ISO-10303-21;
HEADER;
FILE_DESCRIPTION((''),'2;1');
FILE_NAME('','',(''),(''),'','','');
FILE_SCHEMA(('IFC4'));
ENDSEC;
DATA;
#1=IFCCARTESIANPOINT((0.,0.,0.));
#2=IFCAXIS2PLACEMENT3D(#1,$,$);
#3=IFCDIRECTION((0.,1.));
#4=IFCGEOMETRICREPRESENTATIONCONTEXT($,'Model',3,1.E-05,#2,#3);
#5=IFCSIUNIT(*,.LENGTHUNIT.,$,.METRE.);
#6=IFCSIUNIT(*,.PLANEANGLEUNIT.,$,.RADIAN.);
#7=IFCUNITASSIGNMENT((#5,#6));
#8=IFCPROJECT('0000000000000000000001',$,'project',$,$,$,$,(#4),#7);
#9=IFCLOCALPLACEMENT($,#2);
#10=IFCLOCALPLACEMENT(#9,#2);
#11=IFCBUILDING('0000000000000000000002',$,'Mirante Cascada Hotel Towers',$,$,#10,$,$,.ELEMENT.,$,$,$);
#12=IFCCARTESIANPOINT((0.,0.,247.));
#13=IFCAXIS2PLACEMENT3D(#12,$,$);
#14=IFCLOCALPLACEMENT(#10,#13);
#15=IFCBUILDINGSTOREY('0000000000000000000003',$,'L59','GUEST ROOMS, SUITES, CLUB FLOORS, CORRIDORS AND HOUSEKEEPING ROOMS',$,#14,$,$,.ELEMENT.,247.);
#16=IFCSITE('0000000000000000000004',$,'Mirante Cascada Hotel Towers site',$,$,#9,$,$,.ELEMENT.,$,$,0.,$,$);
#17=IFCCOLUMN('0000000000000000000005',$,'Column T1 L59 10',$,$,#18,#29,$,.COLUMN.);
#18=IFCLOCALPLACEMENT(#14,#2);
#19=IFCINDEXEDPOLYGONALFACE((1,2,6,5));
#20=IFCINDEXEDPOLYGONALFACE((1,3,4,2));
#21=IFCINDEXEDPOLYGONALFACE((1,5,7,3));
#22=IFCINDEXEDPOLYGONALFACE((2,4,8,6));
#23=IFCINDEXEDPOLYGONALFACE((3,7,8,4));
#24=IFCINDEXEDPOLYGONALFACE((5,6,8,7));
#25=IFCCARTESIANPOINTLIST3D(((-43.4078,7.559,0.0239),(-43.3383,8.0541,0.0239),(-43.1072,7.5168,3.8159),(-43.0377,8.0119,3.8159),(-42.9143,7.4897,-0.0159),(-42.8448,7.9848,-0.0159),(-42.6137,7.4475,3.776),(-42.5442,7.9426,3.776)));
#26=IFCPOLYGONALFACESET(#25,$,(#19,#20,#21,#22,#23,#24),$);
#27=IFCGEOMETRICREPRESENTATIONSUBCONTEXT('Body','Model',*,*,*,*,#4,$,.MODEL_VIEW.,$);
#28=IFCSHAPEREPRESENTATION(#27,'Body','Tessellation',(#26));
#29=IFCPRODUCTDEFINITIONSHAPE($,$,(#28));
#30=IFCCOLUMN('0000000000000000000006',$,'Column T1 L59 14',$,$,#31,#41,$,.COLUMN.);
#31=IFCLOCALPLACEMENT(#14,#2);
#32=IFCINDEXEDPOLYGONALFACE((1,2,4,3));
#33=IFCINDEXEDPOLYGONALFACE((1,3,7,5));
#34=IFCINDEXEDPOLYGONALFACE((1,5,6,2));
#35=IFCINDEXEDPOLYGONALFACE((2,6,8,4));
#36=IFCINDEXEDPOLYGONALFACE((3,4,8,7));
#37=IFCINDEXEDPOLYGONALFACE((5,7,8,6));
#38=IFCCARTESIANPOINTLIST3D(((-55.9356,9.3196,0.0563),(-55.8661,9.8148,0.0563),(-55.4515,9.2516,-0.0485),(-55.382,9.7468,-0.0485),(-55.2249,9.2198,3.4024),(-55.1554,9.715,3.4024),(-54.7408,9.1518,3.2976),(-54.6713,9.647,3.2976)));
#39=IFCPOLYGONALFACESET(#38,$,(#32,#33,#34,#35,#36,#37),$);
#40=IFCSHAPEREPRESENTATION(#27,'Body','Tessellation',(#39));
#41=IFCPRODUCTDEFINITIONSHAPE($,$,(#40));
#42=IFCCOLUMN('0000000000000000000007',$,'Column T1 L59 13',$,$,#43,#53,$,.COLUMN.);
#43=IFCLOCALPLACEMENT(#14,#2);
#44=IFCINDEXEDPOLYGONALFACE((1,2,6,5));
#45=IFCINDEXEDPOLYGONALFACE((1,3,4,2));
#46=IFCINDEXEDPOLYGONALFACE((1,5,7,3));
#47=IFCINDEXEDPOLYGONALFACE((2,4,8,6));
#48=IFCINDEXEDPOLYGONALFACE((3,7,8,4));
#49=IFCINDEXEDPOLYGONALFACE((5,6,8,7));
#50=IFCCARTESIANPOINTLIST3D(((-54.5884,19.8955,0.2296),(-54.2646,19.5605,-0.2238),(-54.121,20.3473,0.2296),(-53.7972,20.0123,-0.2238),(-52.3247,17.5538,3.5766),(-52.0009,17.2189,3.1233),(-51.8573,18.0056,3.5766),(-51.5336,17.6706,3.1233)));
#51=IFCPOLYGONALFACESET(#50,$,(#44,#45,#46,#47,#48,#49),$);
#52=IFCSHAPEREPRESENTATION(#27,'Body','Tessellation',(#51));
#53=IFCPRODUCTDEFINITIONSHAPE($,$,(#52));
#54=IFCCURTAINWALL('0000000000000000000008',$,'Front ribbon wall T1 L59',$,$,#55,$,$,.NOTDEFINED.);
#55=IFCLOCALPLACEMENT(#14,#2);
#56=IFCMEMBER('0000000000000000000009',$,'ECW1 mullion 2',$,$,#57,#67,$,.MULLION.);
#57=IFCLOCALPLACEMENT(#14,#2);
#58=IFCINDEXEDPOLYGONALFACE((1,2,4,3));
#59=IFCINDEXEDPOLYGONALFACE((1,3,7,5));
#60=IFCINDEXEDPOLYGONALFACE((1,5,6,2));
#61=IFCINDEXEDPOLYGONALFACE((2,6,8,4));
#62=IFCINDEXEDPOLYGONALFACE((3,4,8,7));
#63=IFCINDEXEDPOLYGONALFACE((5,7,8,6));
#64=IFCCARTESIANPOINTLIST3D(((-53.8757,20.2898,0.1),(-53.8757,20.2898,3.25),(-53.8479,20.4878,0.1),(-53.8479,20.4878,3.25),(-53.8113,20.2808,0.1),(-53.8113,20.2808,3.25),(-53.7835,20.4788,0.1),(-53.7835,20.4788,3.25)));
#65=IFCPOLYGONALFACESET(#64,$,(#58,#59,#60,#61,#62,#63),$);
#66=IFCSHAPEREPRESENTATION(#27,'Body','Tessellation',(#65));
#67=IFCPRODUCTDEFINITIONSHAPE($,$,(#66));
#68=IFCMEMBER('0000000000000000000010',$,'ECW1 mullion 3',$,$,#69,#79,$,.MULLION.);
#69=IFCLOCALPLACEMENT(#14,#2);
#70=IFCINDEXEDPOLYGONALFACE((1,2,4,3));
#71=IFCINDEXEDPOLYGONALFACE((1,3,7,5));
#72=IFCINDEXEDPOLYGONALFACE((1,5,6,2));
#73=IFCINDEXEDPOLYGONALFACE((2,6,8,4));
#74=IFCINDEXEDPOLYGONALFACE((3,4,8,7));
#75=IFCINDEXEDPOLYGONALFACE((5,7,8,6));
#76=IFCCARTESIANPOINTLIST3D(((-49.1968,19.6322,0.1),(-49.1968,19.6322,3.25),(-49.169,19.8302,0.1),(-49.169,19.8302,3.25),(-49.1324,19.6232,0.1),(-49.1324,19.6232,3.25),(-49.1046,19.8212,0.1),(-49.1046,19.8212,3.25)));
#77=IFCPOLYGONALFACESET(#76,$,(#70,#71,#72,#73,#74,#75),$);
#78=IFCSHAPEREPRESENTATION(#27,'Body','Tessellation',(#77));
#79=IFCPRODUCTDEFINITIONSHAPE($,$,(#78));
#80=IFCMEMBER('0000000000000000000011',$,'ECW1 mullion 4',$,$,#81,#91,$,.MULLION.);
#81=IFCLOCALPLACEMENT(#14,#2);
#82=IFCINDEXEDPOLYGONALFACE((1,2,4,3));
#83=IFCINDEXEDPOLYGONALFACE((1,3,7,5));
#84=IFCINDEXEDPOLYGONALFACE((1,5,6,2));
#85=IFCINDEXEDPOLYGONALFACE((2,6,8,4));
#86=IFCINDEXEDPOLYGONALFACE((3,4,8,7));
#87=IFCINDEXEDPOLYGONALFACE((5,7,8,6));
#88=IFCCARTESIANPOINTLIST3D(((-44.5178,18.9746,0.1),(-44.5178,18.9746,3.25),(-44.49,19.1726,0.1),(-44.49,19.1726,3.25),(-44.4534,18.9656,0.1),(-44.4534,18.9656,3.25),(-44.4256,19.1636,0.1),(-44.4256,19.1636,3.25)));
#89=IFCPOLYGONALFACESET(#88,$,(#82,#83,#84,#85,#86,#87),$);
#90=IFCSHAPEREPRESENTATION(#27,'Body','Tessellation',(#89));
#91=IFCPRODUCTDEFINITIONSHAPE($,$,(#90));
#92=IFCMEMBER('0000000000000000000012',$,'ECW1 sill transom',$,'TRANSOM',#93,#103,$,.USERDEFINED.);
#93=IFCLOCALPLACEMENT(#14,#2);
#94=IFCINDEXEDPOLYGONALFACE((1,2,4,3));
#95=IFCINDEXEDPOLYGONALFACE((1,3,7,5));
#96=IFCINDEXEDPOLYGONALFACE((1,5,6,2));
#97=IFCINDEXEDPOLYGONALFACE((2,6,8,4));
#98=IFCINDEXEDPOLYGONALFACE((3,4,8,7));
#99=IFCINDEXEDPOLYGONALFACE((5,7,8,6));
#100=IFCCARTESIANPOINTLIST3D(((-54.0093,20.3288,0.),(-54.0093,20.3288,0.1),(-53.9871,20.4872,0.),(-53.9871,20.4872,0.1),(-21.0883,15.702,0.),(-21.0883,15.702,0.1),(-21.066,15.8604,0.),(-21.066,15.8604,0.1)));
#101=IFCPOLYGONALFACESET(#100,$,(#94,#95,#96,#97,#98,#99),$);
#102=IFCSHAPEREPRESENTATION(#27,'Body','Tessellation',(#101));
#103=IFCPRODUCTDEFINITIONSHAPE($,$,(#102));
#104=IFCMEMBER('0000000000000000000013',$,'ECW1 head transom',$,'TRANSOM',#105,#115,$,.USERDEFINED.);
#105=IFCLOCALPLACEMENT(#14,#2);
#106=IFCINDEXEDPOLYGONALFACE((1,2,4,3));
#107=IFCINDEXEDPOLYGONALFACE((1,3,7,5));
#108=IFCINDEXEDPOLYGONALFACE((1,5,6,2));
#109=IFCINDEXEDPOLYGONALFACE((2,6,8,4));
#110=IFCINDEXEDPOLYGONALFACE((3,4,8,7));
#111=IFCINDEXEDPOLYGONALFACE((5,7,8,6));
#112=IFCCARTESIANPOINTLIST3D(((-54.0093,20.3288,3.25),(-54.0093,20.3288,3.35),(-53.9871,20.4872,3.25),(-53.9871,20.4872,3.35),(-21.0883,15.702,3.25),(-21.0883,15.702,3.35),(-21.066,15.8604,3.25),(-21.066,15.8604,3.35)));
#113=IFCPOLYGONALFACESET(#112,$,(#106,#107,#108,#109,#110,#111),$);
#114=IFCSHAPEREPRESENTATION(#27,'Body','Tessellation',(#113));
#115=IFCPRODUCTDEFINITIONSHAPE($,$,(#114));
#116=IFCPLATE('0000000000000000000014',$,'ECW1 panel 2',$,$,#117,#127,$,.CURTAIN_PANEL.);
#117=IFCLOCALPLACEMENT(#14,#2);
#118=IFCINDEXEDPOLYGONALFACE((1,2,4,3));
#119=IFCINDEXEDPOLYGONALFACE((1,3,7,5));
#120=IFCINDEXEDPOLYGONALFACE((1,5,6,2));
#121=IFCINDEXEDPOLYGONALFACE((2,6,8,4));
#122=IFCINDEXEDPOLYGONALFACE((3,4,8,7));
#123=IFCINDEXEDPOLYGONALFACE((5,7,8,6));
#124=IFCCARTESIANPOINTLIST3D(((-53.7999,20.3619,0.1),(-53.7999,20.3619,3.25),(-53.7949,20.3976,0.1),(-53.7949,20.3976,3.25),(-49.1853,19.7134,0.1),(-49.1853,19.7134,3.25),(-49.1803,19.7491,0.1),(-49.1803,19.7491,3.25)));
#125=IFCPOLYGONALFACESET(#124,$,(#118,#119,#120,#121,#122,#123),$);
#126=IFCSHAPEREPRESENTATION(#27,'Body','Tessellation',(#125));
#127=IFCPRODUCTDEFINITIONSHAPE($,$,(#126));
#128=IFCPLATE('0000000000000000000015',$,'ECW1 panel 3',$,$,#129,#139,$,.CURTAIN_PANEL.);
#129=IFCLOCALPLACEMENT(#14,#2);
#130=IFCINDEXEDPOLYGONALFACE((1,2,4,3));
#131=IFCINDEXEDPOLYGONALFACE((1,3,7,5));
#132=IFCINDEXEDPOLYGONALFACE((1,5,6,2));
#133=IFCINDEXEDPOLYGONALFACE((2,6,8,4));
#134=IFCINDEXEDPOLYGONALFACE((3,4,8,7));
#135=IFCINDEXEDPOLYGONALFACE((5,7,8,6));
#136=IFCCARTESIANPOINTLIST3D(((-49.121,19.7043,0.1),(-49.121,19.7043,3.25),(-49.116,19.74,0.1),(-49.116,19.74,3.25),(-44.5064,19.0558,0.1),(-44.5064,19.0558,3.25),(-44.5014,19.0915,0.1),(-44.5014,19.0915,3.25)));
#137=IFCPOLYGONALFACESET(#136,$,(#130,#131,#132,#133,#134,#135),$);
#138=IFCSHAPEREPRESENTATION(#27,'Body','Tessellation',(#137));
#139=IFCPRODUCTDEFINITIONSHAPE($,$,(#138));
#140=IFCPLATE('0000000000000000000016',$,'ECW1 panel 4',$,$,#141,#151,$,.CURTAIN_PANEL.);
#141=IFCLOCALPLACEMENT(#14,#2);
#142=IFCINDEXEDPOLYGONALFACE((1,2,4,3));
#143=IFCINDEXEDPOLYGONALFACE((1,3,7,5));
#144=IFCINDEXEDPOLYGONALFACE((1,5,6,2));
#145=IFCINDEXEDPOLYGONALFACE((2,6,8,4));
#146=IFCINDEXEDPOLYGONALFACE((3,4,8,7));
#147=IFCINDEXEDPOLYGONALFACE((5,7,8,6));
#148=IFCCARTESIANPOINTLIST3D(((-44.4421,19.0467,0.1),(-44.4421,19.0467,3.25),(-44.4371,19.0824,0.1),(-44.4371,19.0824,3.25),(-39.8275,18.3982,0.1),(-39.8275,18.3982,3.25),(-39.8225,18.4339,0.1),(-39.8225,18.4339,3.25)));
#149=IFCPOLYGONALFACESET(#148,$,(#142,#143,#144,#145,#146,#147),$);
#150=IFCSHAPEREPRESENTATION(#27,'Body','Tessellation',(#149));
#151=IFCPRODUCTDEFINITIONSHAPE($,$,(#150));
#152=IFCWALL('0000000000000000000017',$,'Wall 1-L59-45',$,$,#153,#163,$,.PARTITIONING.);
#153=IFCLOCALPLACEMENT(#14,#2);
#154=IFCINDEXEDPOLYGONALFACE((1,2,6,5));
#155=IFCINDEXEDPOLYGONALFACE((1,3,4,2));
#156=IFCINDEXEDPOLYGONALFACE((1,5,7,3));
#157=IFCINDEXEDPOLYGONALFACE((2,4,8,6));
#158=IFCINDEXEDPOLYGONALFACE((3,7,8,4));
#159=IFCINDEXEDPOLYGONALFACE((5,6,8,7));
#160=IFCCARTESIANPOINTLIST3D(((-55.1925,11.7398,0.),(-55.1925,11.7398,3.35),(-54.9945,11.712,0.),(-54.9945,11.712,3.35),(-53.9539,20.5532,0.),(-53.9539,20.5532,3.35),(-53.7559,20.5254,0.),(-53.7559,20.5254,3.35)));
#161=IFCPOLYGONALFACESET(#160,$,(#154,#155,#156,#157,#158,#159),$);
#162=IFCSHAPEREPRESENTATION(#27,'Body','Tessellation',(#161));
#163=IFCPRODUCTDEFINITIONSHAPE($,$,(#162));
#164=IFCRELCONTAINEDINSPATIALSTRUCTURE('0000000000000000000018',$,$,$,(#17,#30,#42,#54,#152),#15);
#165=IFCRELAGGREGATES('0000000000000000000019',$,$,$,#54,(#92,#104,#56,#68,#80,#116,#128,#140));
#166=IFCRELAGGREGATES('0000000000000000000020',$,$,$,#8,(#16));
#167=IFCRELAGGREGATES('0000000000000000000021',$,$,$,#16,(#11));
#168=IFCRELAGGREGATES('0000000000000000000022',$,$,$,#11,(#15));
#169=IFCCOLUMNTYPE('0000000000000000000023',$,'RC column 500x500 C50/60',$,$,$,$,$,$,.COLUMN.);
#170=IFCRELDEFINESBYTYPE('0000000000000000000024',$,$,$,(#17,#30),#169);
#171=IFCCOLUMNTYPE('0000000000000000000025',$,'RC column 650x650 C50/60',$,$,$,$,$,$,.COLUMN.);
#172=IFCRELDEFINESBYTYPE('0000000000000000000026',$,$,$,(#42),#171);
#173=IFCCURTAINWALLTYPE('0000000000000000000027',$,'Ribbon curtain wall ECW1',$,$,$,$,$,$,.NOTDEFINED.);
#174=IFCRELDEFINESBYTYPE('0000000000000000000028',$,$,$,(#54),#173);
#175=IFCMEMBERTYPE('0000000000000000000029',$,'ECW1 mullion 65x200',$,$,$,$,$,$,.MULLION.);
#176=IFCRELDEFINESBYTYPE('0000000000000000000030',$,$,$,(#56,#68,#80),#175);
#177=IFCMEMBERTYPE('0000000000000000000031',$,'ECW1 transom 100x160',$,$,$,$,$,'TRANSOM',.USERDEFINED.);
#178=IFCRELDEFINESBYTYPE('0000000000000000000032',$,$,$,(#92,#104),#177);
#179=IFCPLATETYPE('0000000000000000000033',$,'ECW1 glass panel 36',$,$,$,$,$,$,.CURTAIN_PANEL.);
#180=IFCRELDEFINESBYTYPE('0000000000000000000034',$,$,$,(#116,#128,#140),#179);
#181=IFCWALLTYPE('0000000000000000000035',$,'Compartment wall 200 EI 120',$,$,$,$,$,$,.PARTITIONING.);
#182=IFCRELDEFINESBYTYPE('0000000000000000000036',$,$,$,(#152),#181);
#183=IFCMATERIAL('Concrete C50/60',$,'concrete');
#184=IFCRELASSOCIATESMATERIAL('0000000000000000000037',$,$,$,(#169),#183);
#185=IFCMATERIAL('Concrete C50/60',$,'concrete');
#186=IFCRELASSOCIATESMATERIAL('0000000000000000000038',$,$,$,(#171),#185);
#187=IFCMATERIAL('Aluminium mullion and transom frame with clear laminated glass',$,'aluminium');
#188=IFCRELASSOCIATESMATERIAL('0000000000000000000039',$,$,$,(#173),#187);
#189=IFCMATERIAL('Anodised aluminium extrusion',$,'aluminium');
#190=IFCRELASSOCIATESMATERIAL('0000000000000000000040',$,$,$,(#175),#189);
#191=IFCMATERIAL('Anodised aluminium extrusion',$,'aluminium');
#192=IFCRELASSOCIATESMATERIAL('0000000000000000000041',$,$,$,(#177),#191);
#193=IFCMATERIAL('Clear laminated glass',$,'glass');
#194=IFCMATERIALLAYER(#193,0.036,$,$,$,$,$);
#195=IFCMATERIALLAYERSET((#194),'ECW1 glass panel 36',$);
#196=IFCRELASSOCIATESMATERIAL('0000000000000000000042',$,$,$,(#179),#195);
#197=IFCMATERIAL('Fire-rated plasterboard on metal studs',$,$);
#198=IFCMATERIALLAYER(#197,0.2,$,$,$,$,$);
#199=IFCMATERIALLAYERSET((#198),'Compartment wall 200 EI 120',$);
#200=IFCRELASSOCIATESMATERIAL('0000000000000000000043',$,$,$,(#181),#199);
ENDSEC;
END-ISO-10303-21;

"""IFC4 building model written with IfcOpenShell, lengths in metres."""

from ifc_helpers import new_model, si_unit, direction, frame, frame_2d, origin, origin_2d, place, context, subcontext, project, spatial, rectangle, extrude, material, layer, layer_set, material_profile, profile_set, type_object, element, aggregate, save


model = new_model("IFC4")

# Units and contexts
model_context = context("Model", 3, precision=1e-05, world=origin(), true_north=direction((0.0, 1.0)))
body_context = subcontext(model_context, "Body", "Model", "MODEL_VIEW")
ifc_project = project(units=[si_unit("LENGTHUNIT", "METRE"), si_unit("PLANEANGLEUNIT", "RADIAN")], contexts=[model_context])

# Site, building, storey
site_placement = place(None, origin())
site = spatial("IfcSite", under=ifc_project, at=site_placement, Name="Mirante Cascada Hotel Towers site", CompositionType="ELEMENT", RefElevation=0.0)
building_placement = place(site_placement, origin())
building = spatial("IfcBuilding", under=site, at=building_placement, Name="Mirante Cascada Hotel Towers", CompositionType="ELEMENT")
storey_placement = place(building_placement, frame((0.0, 0.0, 247.0)))
storey = spatial("IfcBuildingStorey", under=building, at=storey_placement, Name="L59", Description="GUEST ROOMS, SUITES, CLUB FLOORS, CORRIDORS AND HOUSEKEEPING ROOMS", CompositionType="ELEMENT", Elevation=247.0)

# Columns
ifc_material_1 = material(Name="Concrete C50/60", Category="concrete")
ifc_material_profile_1 = material_profile(ifc_material_1, rectangle(XDim=0.5, YDim=0.5, at=origin_2d()), Name="RC column 500x500 C50/60")
ifc_profile_set_1 = profile_set([ifc_material_profile_1], Name="Concrete C50/60")
column_type_1 = type_object("IfcColumnType", Name="RC column 500x500 C50/60", PredefinedType="COLUMN", material=ifc_profile_set_1)
column_1_placement = place(storey_placement, frame((-43.1263, 7.7719, 0.004), z_axis=(0.079019, -0.011093, 0.996811), x_axis=(0.139023, 0.990289, 0.0)))
element("IfcColumn", 1, at=column_1_placement, inside=storey, type_object=column_type_1, Name="Column T1 L59 10", PredefinedType="COLUMN", context=body_context, shape_type="SweptSolid", body=[
    extrude(rectangle(XDim=0.5, YDim=0.5, at=origin_2d()), origin(), (0.0, 0.0, 1.0), 3.8041),
])
column_2_placement = place(storey_placement, frame((-55.6588, 9.5332, 0.0039), z_axis=(0.207674, -0.029163, 0.977763), x_axis=(0.139061, 0.990284, 0.0)))
element("IfcColumn", 2, at=column_2_placement, inside=storey, type_object=column_type_1, Name="Column T1 L59 14", PredefinedType="COLUMN", context=body_context, shape_type="SweptSolid", body=[
    extrude(rectangle(XDim=0.5, YDim=0.5, at=origin_2d()), origin(), (0.0, 0.0, 1.0), 3.4222),
])
ifc_material_2 = material(Name="Concrete C50/60", Category="concrete")
ifc_material_profile_2 = material_profile(ifc_material_2, rectangle(XDim=0.65, YDim=0.65, at=origin_2d()), Name="RC column 650x650 C50/60")
ifc_profile_set_2 = profile_set([ifc_material_profile_2], Name="Concrete C50/60")
column_type_2 = type_object("IfcColumnType", Name="RC column 650x650 C50/60", PredefinedType="COLUMN", material=ifc_profile_set_2)
column_3_placement = place(storey_placement, frame((-54.1928, 19.9539, 0.0029), z_axis=(0.484709, -0.501411, 0.71669), x_axis=(0.71898, 0.695031, 0.0)))
element("IfcColumn", 3, at=column_3_placement, inside=storey, type_object=column_type_2, Name="Column T1 L59 13", PredefinedType="COLUMN", context=body_context, shape_type="SweptSolid", body=[
    extrude(rectangle(XDim=0.65, YDim=0.65, at=origin_2d()), origin(), (0.0, 0.0, 1.0), 4.6702),
])

# Curtain wall, members, plates
ifc_material_3 = material(Name="Aluminium mullion and transom frame with clear laminated glass", Category="aluminium")
curtain_wall_type = type_object("IfcCurtainWallType", Name="Ribbon curtain wall ECW1", PredefinedType="NOTDEFINED", material=ifc_material_3)
curtain_wall_placement = place(storey_placement, origin())
curtain_wall = element("IfcCurtainWall", 4, at=curtain_wall_placement, inside=storey, type_object=curtain_wall_type, Name="Front ribbon wall T1 L59", PredefinedType="NOTDEFINED")
ifc_material_4 = material(Name="Anodised aluminium extrusion", Category="aluminium")
ifc_material_profile_3 = material_profile(ifc_material_4, rectangle(XDim=0.2, YDim=0.065, at=origin_2d()), Name="ECW1 MULLION 65x200")
ifc_profile_set_3 = profile_set([ifc_material_profile_3], Name="Anodised aluminium extrusion")
member_type_1 = type_object("IfcMemberType", Name="ECW1 mullion 65x200", PredefinedType="MULLION", material=ifc_profile_set_3)
member_1_placement = place(storey_placement, frame((-53.8296, 20.3843, 0.1), z_axis=(0.0, 0.0, 1.0), x_axis=(0.139173, 0.990268, 0.0)))
member_1 = element("IfcMember", 5, at=member_1_placement, type_object=member_type_1, Name="ECW1 mullion 2", PredefinedType="MULLION", context=body_context, shape_type="SweptSolid", body=[
    extrude(rectangle(XDim=0.2, YDim=0.065, at=origin_2d()), origin(), (0.0, 0.0, 1.0), 3.15),
])
member_2_placement = place(storey_placement, frame((-49.1507, 19.7267, 0.1), z_axis=(0.0, 0.0, 1.0), x_axis=(0.139173, 0.990268, 0.0)))
member_2 = element("IfcMember", 6, at=member_2_placement, type_object=member_type_1, Name="ECW1 mullion 3", PredefinedType="MULLION", context=body_context, shape_type="SweptSolid", body=[
    extrude(rectangle(XDim=0.2, YDim=0.065, at=origin_2d()), origin(), (0.0, 0.0, 1.0), 3.15),
])
member_3_placement = place(storey_placement, frame((-44.4717, 19.0691, 0.1), z_axis=(0.0, 0.0, 1.0), x_axis=(0.139173, 0.990268, 0.0)))
member_3 = element("IfcMember", 7, at=member_3_placement, type_object=member_type_1, Name="ECW1 mullion 4", PredefinedType="MULLION", context=body_context, shape_type="SweptSolid", body=[
    extrude(rectangle(XDim=0.2, YDim=0.065, at=origin_2d()), origin(), (0.0, 0.0, 1.0), 3.15),
])
ifc_material_5 = material(Name="Anodised aluminium extrusion", Category="aluminium")
ifc_material_profile_4 = material_profile(ifc_material_5, rectangle(XDim=0.16, YDim=0.1, at=origin_2d()), Name="ECW1 TRANSOM 100x160")
ifc_profile_set_4 = profile_set([ifc_material_profile_4], Name="Anodised aluminium extrusion")
member_type_2 = type_object("IfcMemberType", Name="ECW1 transom 100x160", ElementType="TRANSOM", PredefinedType="USERDEFINED", material=ifc_profile_set_4)
member_4_placement = place(storey_placement, frame((-53.9982, 20.408, 0.05), z_axis=(0.990268, -0.139174, 0.0), x_axis=(0.139174, 0.990268, 0.0)))
member_4 = element("IfcMember", 8, at=member_4_placement, type_object=member_type_2, Name="ECW1 sill transom", ObjectType="TRANSOM", PredefinedType="USERDEFINED", context=body_context, shape_type="SweptSolid", body=[
    extrude(rectangle(XDim=0.16, YDim=0.1, at=origin_2d()), origin(), (0.0, 0.0, 1.0), 33.2446),
])
member_5_placement = place(storey_placement, frame((-53.9982, 20.408, 3.3), z_axis=(0.990268, -0.139174, 0.0), x_axis=(0.139174, 0.990268, 0.0)))
member_5 = element("IfcMember", 9, at=member_5_placement, type_object=member_type_2, Name="ECW1 head transom", ObjectType="TRANSOM", PredefinedType="USERDEFINED", context=body_context, shape_type="SweptSolid", body=[
    extrude(rectangle(XDim=0.16, YDim=0.1, at=origin_2d()), origin(), (0.0, 0.0, 1.0), 33.2446),
])
ifc_material_6 = material(Name="Clear laminated glass", Category="glass")
ifc_layer_1 = layer(ifc_material_6, 0.036)
ifc_layer_set_1 = layer_set([ifc_layer_1], Name="ECW1 glass panel 36")
plate_type = type_object("IfcPlateType", Name="ECW1 glass panel 36", PredefinedType="CURTAIN_PANEL", material=ifc_layer_set_1)
plate_1_placement = place(storey_placement, frame((-51.4901, 20.0555, 0.1), z_axis=(0.0, 0.0, 1.0), x_axis=(0.990268, -0.139173, 0.0)))
plate_1 = element("IfcPlate", 10, at=plate_1_placement, type_object=plate_type, Name="ECW1 panel 2", PredefinedType="CURTAIN_PANEL", context=body_context, shape_type="SweptSolid", body=[
    extrude(rectangle(XDim=4.6599, YDim=0.036, at=origin_2d()), origin(), (0.0, 0.0, 1.0), 3.15),
])
plate_2_placement = place(storey_placement, frame((-46.8112, 19.3979, 0.1), z_axis=(0.0, 0.0, 1.0), x_axis=(0.990268, -0.139173, 0.0)))
plate_2 = element("IfcPlate", 11, at=plate_2_placement, type_object=plate_type, Name="ECW1 panel 3", PredefinedType="CURTAIN_PANEL", context=body_context, shape_type="SweptSolid", body=[
    extrude(rectangle(XDim=4.6599, YDim=0.036, at=origin_2d()), origin(), (0.0, 0.0, 1.0), 3.15),
])
plate_3_placement = place(storey_placement, frame((-42.1323, 18.7403, 0.1), z_axis=(0.0, 0.0, 1.0), x_axis=(0.990268, -0.139173, 0.0)))
plate_3 = element("IfcPlate", 12, at=plate_3_placement, type_object=plate_type, Name="ECW1 panel 4", PredefinedType="CURTAIN_PANEL", context=body_context, shape_type="SweptSolid", body=[
    extrude(rectangle(XDim=4.6599, YDim=0.036, at=origin_2d()), origin(), (0.0, 0.0, 1.0), 3.15),
])
aggregate(curtain_wall, [member_4, member_5, member_1, member_2, member_3, plate_1, plate_2, plate_3])

# Wall
ifc_material_7 = material(Name="Fire-rated plasterboard on metal studs")
ifc_layer_2 = layer(ifc_material_7, 0.2)
ifc_layer_set_2 = layer_set([ifc_layer_2], Name="Compartment wall 200 EI 120")
wall_type_1 = type_object("IfcWallType", Name="Compartment wall 200 EI 120", PredefinedType="PARTITIONING", material=ifc_layer_set_2)
wall_1_placement = place(storey_placement, frame((-53.8549, 20.5393, 0.0), z_axis=(0.0, 0.0, 1.0), x_axis=(-0.139168, -0.990269, 0.0)))
element("IfcWall", 13, at=wall_1_placement, inside=storey, type_object=wall_type_1, Name="Wall 1-L59-45", PredefinedType="PARTITIONING", context=body_context, shape_type="SweptSolid", body=[
    extrude(rectangle(XDim=8.9, YDim=0.2, at=frame_2d((4.45, 0.0))), origin(), (0.0, 0.0, 1.0), 3.35),
])

save(model, "model.ifc")
